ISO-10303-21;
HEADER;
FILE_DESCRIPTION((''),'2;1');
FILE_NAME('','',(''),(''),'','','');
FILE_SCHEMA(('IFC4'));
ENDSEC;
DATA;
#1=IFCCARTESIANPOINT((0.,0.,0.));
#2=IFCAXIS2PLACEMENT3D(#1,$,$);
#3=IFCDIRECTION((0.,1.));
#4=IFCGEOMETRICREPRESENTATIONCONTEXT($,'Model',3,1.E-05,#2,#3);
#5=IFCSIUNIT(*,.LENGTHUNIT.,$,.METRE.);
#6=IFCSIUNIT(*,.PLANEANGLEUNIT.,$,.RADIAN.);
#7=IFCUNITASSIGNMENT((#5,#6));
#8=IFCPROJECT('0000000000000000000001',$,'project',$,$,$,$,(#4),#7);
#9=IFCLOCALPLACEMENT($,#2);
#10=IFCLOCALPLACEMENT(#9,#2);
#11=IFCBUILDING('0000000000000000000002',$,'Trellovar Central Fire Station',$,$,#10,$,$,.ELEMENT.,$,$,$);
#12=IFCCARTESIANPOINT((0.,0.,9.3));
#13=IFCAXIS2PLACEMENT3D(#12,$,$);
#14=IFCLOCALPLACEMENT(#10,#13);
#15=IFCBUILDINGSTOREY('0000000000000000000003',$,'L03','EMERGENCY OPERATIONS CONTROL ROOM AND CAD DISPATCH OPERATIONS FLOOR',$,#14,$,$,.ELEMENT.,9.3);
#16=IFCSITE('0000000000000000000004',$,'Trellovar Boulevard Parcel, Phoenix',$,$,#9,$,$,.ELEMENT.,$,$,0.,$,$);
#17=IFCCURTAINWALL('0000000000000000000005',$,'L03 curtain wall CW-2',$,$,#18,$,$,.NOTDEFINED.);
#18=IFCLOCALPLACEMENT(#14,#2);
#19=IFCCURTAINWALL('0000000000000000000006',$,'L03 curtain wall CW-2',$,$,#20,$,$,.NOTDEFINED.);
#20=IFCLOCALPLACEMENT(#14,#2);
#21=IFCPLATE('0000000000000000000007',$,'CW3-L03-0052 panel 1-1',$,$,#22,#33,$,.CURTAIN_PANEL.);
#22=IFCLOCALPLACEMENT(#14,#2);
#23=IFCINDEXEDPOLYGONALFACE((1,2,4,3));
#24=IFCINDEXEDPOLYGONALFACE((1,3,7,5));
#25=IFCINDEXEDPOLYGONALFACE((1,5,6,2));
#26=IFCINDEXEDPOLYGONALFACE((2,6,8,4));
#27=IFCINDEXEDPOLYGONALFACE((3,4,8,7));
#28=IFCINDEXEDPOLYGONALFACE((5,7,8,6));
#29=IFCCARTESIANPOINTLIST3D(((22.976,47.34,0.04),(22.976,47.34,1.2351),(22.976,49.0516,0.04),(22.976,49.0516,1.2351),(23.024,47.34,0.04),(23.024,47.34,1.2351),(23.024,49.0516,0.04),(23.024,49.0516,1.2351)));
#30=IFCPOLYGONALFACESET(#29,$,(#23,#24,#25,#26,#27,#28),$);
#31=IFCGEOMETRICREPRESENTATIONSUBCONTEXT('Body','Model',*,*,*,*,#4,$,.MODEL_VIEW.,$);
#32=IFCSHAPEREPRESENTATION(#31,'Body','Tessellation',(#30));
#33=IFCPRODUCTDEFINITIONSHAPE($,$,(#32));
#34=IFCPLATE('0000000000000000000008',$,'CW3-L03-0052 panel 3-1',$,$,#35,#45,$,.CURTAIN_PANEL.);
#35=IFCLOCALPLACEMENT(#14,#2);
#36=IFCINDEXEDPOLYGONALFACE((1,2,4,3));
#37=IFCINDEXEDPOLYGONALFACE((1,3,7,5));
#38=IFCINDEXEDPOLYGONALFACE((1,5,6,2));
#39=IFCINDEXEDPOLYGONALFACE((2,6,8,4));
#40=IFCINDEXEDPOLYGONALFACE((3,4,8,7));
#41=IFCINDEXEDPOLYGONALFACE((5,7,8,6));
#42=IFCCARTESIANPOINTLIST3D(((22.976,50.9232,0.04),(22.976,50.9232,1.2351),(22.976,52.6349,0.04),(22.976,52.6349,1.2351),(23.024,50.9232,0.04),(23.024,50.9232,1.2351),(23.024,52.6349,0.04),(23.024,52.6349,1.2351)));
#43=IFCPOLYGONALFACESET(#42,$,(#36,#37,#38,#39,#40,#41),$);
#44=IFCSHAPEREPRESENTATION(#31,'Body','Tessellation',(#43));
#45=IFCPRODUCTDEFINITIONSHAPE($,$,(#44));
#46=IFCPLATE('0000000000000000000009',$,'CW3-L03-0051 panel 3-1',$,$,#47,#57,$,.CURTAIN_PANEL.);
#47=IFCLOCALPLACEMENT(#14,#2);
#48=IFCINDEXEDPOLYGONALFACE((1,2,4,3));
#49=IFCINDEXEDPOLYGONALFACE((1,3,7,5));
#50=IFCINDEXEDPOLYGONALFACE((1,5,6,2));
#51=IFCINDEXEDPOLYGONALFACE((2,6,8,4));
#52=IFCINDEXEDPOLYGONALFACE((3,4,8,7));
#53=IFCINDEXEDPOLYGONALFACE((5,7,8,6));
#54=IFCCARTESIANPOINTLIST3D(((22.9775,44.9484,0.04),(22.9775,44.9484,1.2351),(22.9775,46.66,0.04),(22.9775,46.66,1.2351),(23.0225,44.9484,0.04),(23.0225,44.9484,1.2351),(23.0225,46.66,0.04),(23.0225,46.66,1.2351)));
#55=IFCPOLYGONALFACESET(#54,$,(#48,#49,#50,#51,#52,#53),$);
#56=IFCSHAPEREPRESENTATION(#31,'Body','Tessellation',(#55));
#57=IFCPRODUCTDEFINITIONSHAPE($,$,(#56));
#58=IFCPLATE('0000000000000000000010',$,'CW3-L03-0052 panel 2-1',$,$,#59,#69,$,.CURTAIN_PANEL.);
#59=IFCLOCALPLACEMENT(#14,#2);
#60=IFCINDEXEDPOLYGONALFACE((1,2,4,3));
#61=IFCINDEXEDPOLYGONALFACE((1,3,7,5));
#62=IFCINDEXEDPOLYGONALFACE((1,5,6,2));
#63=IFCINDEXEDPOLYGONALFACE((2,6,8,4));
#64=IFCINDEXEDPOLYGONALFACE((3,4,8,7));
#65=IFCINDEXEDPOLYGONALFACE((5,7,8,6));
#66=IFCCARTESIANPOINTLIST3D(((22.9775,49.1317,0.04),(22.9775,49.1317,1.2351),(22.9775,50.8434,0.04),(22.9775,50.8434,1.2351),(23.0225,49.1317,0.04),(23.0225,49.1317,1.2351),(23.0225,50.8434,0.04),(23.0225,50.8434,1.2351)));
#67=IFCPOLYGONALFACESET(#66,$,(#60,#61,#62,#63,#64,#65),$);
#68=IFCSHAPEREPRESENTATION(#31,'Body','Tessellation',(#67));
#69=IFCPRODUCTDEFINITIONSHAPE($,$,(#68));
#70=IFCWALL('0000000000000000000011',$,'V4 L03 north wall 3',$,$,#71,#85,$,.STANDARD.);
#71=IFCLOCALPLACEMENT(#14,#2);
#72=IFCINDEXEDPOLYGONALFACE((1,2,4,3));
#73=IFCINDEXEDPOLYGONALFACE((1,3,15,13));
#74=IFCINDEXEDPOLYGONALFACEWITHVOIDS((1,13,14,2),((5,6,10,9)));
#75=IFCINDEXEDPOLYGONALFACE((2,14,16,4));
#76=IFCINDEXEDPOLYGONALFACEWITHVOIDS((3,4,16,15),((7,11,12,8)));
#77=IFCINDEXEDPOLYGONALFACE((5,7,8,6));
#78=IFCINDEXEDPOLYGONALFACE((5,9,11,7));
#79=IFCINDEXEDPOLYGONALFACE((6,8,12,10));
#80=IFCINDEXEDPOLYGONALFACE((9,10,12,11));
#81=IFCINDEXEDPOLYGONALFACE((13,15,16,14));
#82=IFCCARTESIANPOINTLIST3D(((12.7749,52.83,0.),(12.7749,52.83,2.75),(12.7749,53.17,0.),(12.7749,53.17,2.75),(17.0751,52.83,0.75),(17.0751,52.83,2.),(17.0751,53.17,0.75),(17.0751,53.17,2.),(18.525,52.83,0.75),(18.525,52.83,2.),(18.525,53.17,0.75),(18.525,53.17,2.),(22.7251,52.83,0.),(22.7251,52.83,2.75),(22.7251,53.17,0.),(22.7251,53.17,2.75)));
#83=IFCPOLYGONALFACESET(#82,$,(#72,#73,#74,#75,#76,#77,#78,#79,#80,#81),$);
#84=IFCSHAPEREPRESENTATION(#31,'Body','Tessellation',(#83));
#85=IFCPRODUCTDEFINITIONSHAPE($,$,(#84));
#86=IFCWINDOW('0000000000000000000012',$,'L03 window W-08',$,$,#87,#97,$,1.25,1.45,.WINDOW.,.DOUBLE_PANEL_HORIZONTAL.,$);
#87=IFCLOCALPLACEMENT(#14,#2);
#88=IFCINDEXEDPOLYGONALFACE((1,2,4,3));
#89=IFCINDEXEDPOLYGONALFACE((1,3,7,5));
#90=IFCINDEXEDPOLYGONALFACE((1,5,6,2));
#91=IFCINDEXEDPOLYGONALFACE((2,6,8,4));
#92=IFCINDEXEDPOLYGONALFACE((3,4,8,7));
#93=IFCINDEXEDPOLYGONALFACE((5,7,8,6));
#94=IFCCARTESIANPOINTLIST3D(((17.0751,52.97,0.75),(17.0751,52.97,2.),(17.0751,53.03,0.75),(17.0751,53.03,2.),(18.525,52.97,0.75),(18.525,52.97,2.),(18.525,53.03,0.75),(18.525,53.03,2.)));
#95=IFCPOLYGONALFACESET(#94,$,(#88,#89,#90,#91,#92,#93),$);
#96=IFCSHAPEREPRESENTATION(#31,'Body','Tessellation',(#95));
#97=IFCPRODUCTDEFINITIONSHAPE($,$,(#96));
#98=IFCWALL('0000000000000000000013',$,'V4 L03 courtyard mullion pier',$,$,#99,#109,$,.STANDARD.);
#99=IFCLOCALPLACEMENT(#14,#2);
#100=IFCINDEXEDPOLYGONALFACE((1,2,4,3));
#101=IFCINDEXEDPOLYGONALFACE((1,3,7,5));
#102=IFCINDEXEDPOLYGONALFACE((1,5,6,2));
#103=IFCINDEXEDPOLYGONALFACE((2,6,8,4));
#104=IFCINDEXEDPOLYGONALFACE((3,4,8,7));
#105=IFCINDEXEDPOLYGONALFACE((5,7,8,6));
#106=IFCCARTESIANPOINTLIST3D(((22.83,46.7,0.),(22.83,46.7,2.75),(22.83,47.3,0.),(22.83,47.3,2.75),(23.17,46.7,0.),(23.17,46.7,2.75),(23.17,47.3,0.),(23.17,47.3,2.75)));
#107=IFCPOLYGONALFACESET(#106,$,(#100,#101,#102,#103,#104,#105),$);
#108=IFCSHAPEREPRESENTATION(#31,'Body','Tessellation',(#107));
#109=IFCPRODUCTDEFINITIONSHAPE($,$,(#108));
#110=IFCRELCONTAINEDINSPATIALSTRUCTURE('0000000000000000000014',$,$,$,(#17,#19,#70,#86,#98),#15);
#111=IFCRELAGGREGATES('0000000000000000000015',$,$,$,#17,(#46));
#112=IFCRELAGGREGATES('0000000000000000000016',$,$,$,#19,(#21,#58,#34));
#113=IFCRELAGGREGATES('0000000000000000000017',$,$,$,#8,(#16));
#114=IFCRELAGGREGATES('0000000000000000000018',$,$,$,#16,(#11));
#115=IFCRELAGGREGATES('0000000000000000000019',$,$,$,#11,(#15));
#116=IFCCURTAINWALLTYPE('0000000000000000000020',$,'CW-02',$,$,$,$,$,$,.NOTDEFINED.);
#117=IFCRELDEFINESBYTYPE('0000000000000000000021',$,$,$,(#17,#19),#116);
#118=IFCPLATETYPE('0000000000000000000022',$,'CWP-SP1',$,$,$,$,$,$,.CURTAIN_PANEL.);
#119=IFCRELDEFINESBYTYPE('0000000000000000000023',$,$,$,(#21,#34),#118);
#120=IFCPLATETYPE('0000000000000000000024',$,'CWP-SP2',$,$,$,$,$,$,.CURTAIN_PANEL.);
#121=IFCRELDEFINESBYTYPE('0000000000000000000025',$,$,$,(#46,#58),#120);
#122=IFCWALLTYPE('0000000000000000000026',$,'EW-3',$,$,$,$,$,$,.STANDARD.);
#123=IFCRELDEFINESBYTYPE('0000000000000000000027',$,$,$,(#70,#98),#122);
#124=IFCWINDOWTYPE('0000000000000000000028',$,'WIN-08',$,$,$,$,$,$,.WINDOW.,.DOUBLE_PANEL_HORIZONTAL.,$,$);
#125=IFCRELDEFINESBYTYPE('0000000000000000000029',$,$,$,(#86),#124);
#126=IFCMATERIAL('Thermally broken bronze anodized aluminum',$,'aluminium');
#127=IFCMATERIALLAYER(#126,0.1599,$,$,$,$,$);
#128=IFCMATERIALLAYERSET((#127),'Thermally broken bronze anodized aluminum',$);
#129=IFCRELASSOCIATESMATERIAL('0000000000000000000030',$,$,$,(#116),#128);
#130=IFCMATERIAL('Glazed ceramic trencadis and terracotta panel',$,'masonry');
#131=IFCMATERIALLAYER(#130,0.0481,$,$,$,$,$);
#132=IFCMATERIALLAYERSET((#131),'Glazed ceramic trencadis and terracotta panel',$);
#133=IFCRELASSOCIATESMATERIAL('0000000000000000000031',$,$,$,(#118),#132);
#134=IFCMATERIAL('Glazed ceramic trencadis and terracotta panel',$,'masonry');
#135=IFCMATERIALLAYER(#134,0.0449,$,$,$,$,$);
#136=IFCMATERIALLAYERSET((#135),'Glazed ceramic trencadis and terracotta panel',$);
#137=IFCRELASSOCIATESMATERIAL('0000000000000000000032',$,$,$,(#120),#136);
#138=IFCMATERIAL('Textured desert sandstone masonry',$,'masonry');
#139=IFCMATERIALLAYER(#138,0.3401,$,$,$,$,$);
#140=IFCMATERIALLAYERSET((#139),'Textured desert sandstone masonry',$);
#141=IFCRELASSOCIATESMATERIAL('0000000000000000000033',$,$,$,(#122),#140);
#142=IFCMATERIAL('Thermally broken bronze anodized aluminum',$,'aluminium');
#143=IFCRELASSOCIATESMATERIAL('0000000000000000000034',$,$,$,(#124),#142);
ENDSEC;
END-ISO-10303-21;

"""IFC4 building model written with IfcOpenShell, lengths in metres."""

from ifc_helpers import new_model, si_unit, direction, frame, frame_2d, origin, origin_2d, place, context, subcontext, project, spatial, rectangle, extrude, material, layer, layer_set, type_object, element, fill, aggregate, save


model = new_model("IFC4")

# Units and contexts
model_context = context("Model", 3, precision=1e-05, world=origin(), true_north=direction((0.0, 1.0)))
body_context = subcontext(model_context, "Body", "Model", "MODEL_VIEW")
ifc_project = project(units=[si_unit("LENGTHUNIT", "METRE"), si_unit("PLANEANGLEUNIT", "RADIAN")], contexts=[model_context])

# Site, building, storey
site_placement = place(None, origin())
site = spatial("IfcSite", under=ifc_project, at=site_placement, Name="Trellovar Boulevard Parcel, Phoenix", CompositionType="ELEMENT", RefElevation=0.0)
building_placement = place(site_placement, origin())
building = spatial("IfcBuilding", under=site, at=building_placement, Name="Trellovar Central Fire Station", CompositionType="ELEMENT")
storey_placement = place(building_placement, frame((0.0, 0.0, 9.3)))
storey = spatial("IfcBuildingStorey", under=building, at=storey_placement, Name="L03", Description="EMERGENCY OPERATIONS CONTROL ROOM AND CAD DISPATCH OPERATIONS FLOOR", CompositionType="ELEMENT", Elevation=9.3)

# Curtain walls
ifc_material_1 = material(Name="Thermally broken bronze anodized aluminum", Category="aluminium")
ifc_layer_1 = layer(ifc_material_1, 0.1599)
ifc_layer_set_1 = layer_set([ifc_layer_1], Name="Thermally broken bronze anodized aluminum")
curtain_wall_type = type_object("IfcCurtainWallType", Name="CW-02", PredefinedType="NOTDEFINED", material=ifc_layer_set_1)
curtain_wall_1_placement = place(storey_placement, origin())
curtain_wall_1 = element("IfcCurtainWall", 1, at=curtain_wall_1_placement, inside=storey, type_object=curtain_wall_type, Name="L03 curtain wall CW-2", PredefinedType="NOTDEFINED")
curtain_wall_2_placement = place(storey_placement, origin())
curtain_wall_2 = element("IfcCurtainWall", 2, at=curtain_wall_2_placement, inside=storey, type_object=curtain_wall_type, Name="L03 curtain wall CW-2", PredefinedType="NOTDEFINED")

# Plates
ifc_material_2 = material(Name="Glazed ceramic trencadis and terracotta panel", Category="masonry")
ifc_layer_2 = layer(ifc_material_2, 0.0481)
ifc_layer_set_2 = layer_set([ifc_layer_2], Name="Glazed ceramic trencadis and terracotta panel")
plate_type_1 = type_object("IfcPlateType", Name="CWP-SP1", PredefinedType="CURTAIN_PANEL", material=ifc_layer_set_2)
plate_1_placement = place(storey_placement, frame((23.0, 48.1958, 0.04), z_axis=(0.0, 0.0, 1.0), x_axis=(0.0, 1.0, 0.0)))
plate_1 = element("IfcPlate", 3, at=plate_1_placement, type_object=plate_type_1, Name="CW3-L03-0052 panel 1-1", PredefinedType="CURTAIN_PANEL", context=body_context, shape_type="SweptSolid", body=[
    extrude(rectangle(XDim=1.7117, YDim=0.0481, at=origin_2d()), origin(), (0.0, 0.0, 1.0), 1.1951),
])
plate_2_placement = place(storey_placement, frame((23.0, 51.7791, 0.04), z_axis=(0.0, 0.0, 1.0), x_axis=(0.0, 1.0, 0.0)))
plate_2 = element("IfcPlate", 4, at=plate_2_placement, type_object=plate_type_1, Name="CW3-L03-0052 panel 3-1", PredefinedType="CURTAIN_PANEL", context=body_context, shape_type="SweptSolid", body=[
    extrude(rectangle(XDim=1.7117, YDim=0.0481, at=origin_2d()), origin(), (0.0, 0.0, 1.0), 1.1951),
])
ifc_material_3 = material(Name="Glazed ceramic trencadis and terracotta panel", Category="masonry")
ifc_layer_3 = layer(ifc_material_3, 0.0449)
ifc_layer_set_3 = layer_set([ifc_layer_3], Name="Glazed ceramic trencadis and terracotta panel")
plate_type_2 = type_object("IfcPlateType", Name="CWP-SP2", PredefinedType="CURTAIN_PANEL", material=ifc_layer_set_3)
plate_3_placement = place(storey_placement, frame((23.0, 45.8042, 0.04), z_axis=(0.0, 0.0, 1.0), x_axis=(0.0, 1.0, 0.0)))
plate_3 = element("IfcPlate", 5, at=plate_3_placement, type_object=plate_type_2, Name="CW3-L03-0051 panel 3-1", PredefinedType="CURTAIN_PANEL", context=body_context, shape_type="SweptSolid", body=[
    extrude(rectangle(XDim=1.7117, YDim=0.0449, at=origin_2d()), origin(), (0.0, 0.0, 1.0), 1.1951),
])
aggregate(curtain_wall_1, [plate_3])
plate_4_placement = place(storey_placement, frame((23.0, 49.9875, 0.04), z_axis=(0.0, 0.0, 1.0), x_axis=(0.0, 1.0, 0.0)))
plate_4 = element("IfcPlate", 6, at=plate_4_placement, type_object=plate_type_2, Name="CW3-L03-0052 panel 2-1", PredefinedType="CURTAIN_PANEL", context=body_context, shape_type="SweptSolid", body=[
    extrude(rectangle(XDim=1.7117, YDim=0.0449, at=origin_2d()), origin(), (0.0, 0.0, 1.0), 1.1951),
])
aggregate(curtain_wall_2, [plate_1, plate_4, plate_2])

# Wall, opening, window
ifc_material_4 = material(Name="Textured desert sandstone masonry", Category="masonry")
ifc_layer_4 = layer(ifc_material_4, 0.3401)
ifc_layer_set_4 = layer_set([ifc_layer_4], Name="Textured desert sandstone masonry")
wall_type = type_object("IfcWallType", Name="EW-3", PredefinedType="STANDARD", material=ifc_layer_set_4)
wall_1_placement = place(storey_placement, frame((22.7251, 53.0, 0.0), z_axis=(0.0, 0.0, 1.0), x_axis=(-1.0, 0.0, 0.0)))
wall_1 = element("IfcWall", 7, at=wall_1_placement, inside=storey, type_object=wall_type, Name="V4 L03 north wall 3", PredefinedType="STANDARD", context=body_context, shape_type="SweptSolid", body=[
    extrude(rectangle(XDim=9.9502, YDim=0.3401, at=frame_2d((4.9751, 0.0))), origin(), (0.0, 0.0, 1.0), 2.75),
])
opening_placement = place(wall_1_placement, frame((4.2, 0.0, 0.75)))
opening = element("IfcOpeningElement", 8, at=opening_placement, cuts=wall_1, PredefinedType="OPENING", context=body_context, shape_type="SweptSolid", body=[
    extrude(rectangle(XDim=1.45, YDim=1.25, at=frame_2d((0.7251, 0.625))), frame((0.0, 0.1799, 0.0), z_axis=(0.0, -1.0, 0.0), x_axis=(1.0, 0.0, 0.0)), (0.0, 0.0, 1.0), 0.3601),
])
ifc_material_5 = material(Name="Thermally broken bronze anodized aluminum", Category="aluminium")
window_type = type_object("IfcWindowType", Name="WIN-08", PartitioningType="DOUBLE_PANEL_HORIZONTAL", PredefinedType="WINDOW", material=ifc_material_5)
window_placement = place(opening_placement, origin())
window = element("IfcWindow", 9, at=window_placement, inside=storey, type_object=window_type, Name="L03 window W-08", OverallHeight=1.25, OverallWidth=1.45, PartitioningType="DOUBLE_PANEL_HORIZONTAL", PredefinedType="WINDOW", context=body_context, shape_type="SweptSolid", body=[
    extrude(rectangle(XDim=1.45, YDim=1.25, at=frame_2d((0.7251, 0.625))), frame((0.0, 0.03, 0.0), z_axis=(0.0, -1.0, 0.0), x_axis=(1.0, 0.0, 0.0)), (0.0, 0.0, 1.0), 0.0601),
])
fill(opening, window)

# Wall
wall_2_placement = place(storey_placement, frame((23.0, 46.7, 0.0), z_axis=(0.0, 0.0, 1.0), x_axis=(0.0, 1.0, 0.0)))
element("IfcWall", 10, at=wall_2_placement, inside=storey, type_object=wall_type, Name="V4 L03 courtyard mullion pier", PredefinedType="STANDARD", context=body_context, shape_type="SweptSolid", body=[
    extrude(rectangle(XDim=0.6001, YDim=0.3401, at=frame_2d((0.3, 0.0))), origin(), (0.0, 0.0, 1.0), 2.75),
])

save(model, "model.ifc")
